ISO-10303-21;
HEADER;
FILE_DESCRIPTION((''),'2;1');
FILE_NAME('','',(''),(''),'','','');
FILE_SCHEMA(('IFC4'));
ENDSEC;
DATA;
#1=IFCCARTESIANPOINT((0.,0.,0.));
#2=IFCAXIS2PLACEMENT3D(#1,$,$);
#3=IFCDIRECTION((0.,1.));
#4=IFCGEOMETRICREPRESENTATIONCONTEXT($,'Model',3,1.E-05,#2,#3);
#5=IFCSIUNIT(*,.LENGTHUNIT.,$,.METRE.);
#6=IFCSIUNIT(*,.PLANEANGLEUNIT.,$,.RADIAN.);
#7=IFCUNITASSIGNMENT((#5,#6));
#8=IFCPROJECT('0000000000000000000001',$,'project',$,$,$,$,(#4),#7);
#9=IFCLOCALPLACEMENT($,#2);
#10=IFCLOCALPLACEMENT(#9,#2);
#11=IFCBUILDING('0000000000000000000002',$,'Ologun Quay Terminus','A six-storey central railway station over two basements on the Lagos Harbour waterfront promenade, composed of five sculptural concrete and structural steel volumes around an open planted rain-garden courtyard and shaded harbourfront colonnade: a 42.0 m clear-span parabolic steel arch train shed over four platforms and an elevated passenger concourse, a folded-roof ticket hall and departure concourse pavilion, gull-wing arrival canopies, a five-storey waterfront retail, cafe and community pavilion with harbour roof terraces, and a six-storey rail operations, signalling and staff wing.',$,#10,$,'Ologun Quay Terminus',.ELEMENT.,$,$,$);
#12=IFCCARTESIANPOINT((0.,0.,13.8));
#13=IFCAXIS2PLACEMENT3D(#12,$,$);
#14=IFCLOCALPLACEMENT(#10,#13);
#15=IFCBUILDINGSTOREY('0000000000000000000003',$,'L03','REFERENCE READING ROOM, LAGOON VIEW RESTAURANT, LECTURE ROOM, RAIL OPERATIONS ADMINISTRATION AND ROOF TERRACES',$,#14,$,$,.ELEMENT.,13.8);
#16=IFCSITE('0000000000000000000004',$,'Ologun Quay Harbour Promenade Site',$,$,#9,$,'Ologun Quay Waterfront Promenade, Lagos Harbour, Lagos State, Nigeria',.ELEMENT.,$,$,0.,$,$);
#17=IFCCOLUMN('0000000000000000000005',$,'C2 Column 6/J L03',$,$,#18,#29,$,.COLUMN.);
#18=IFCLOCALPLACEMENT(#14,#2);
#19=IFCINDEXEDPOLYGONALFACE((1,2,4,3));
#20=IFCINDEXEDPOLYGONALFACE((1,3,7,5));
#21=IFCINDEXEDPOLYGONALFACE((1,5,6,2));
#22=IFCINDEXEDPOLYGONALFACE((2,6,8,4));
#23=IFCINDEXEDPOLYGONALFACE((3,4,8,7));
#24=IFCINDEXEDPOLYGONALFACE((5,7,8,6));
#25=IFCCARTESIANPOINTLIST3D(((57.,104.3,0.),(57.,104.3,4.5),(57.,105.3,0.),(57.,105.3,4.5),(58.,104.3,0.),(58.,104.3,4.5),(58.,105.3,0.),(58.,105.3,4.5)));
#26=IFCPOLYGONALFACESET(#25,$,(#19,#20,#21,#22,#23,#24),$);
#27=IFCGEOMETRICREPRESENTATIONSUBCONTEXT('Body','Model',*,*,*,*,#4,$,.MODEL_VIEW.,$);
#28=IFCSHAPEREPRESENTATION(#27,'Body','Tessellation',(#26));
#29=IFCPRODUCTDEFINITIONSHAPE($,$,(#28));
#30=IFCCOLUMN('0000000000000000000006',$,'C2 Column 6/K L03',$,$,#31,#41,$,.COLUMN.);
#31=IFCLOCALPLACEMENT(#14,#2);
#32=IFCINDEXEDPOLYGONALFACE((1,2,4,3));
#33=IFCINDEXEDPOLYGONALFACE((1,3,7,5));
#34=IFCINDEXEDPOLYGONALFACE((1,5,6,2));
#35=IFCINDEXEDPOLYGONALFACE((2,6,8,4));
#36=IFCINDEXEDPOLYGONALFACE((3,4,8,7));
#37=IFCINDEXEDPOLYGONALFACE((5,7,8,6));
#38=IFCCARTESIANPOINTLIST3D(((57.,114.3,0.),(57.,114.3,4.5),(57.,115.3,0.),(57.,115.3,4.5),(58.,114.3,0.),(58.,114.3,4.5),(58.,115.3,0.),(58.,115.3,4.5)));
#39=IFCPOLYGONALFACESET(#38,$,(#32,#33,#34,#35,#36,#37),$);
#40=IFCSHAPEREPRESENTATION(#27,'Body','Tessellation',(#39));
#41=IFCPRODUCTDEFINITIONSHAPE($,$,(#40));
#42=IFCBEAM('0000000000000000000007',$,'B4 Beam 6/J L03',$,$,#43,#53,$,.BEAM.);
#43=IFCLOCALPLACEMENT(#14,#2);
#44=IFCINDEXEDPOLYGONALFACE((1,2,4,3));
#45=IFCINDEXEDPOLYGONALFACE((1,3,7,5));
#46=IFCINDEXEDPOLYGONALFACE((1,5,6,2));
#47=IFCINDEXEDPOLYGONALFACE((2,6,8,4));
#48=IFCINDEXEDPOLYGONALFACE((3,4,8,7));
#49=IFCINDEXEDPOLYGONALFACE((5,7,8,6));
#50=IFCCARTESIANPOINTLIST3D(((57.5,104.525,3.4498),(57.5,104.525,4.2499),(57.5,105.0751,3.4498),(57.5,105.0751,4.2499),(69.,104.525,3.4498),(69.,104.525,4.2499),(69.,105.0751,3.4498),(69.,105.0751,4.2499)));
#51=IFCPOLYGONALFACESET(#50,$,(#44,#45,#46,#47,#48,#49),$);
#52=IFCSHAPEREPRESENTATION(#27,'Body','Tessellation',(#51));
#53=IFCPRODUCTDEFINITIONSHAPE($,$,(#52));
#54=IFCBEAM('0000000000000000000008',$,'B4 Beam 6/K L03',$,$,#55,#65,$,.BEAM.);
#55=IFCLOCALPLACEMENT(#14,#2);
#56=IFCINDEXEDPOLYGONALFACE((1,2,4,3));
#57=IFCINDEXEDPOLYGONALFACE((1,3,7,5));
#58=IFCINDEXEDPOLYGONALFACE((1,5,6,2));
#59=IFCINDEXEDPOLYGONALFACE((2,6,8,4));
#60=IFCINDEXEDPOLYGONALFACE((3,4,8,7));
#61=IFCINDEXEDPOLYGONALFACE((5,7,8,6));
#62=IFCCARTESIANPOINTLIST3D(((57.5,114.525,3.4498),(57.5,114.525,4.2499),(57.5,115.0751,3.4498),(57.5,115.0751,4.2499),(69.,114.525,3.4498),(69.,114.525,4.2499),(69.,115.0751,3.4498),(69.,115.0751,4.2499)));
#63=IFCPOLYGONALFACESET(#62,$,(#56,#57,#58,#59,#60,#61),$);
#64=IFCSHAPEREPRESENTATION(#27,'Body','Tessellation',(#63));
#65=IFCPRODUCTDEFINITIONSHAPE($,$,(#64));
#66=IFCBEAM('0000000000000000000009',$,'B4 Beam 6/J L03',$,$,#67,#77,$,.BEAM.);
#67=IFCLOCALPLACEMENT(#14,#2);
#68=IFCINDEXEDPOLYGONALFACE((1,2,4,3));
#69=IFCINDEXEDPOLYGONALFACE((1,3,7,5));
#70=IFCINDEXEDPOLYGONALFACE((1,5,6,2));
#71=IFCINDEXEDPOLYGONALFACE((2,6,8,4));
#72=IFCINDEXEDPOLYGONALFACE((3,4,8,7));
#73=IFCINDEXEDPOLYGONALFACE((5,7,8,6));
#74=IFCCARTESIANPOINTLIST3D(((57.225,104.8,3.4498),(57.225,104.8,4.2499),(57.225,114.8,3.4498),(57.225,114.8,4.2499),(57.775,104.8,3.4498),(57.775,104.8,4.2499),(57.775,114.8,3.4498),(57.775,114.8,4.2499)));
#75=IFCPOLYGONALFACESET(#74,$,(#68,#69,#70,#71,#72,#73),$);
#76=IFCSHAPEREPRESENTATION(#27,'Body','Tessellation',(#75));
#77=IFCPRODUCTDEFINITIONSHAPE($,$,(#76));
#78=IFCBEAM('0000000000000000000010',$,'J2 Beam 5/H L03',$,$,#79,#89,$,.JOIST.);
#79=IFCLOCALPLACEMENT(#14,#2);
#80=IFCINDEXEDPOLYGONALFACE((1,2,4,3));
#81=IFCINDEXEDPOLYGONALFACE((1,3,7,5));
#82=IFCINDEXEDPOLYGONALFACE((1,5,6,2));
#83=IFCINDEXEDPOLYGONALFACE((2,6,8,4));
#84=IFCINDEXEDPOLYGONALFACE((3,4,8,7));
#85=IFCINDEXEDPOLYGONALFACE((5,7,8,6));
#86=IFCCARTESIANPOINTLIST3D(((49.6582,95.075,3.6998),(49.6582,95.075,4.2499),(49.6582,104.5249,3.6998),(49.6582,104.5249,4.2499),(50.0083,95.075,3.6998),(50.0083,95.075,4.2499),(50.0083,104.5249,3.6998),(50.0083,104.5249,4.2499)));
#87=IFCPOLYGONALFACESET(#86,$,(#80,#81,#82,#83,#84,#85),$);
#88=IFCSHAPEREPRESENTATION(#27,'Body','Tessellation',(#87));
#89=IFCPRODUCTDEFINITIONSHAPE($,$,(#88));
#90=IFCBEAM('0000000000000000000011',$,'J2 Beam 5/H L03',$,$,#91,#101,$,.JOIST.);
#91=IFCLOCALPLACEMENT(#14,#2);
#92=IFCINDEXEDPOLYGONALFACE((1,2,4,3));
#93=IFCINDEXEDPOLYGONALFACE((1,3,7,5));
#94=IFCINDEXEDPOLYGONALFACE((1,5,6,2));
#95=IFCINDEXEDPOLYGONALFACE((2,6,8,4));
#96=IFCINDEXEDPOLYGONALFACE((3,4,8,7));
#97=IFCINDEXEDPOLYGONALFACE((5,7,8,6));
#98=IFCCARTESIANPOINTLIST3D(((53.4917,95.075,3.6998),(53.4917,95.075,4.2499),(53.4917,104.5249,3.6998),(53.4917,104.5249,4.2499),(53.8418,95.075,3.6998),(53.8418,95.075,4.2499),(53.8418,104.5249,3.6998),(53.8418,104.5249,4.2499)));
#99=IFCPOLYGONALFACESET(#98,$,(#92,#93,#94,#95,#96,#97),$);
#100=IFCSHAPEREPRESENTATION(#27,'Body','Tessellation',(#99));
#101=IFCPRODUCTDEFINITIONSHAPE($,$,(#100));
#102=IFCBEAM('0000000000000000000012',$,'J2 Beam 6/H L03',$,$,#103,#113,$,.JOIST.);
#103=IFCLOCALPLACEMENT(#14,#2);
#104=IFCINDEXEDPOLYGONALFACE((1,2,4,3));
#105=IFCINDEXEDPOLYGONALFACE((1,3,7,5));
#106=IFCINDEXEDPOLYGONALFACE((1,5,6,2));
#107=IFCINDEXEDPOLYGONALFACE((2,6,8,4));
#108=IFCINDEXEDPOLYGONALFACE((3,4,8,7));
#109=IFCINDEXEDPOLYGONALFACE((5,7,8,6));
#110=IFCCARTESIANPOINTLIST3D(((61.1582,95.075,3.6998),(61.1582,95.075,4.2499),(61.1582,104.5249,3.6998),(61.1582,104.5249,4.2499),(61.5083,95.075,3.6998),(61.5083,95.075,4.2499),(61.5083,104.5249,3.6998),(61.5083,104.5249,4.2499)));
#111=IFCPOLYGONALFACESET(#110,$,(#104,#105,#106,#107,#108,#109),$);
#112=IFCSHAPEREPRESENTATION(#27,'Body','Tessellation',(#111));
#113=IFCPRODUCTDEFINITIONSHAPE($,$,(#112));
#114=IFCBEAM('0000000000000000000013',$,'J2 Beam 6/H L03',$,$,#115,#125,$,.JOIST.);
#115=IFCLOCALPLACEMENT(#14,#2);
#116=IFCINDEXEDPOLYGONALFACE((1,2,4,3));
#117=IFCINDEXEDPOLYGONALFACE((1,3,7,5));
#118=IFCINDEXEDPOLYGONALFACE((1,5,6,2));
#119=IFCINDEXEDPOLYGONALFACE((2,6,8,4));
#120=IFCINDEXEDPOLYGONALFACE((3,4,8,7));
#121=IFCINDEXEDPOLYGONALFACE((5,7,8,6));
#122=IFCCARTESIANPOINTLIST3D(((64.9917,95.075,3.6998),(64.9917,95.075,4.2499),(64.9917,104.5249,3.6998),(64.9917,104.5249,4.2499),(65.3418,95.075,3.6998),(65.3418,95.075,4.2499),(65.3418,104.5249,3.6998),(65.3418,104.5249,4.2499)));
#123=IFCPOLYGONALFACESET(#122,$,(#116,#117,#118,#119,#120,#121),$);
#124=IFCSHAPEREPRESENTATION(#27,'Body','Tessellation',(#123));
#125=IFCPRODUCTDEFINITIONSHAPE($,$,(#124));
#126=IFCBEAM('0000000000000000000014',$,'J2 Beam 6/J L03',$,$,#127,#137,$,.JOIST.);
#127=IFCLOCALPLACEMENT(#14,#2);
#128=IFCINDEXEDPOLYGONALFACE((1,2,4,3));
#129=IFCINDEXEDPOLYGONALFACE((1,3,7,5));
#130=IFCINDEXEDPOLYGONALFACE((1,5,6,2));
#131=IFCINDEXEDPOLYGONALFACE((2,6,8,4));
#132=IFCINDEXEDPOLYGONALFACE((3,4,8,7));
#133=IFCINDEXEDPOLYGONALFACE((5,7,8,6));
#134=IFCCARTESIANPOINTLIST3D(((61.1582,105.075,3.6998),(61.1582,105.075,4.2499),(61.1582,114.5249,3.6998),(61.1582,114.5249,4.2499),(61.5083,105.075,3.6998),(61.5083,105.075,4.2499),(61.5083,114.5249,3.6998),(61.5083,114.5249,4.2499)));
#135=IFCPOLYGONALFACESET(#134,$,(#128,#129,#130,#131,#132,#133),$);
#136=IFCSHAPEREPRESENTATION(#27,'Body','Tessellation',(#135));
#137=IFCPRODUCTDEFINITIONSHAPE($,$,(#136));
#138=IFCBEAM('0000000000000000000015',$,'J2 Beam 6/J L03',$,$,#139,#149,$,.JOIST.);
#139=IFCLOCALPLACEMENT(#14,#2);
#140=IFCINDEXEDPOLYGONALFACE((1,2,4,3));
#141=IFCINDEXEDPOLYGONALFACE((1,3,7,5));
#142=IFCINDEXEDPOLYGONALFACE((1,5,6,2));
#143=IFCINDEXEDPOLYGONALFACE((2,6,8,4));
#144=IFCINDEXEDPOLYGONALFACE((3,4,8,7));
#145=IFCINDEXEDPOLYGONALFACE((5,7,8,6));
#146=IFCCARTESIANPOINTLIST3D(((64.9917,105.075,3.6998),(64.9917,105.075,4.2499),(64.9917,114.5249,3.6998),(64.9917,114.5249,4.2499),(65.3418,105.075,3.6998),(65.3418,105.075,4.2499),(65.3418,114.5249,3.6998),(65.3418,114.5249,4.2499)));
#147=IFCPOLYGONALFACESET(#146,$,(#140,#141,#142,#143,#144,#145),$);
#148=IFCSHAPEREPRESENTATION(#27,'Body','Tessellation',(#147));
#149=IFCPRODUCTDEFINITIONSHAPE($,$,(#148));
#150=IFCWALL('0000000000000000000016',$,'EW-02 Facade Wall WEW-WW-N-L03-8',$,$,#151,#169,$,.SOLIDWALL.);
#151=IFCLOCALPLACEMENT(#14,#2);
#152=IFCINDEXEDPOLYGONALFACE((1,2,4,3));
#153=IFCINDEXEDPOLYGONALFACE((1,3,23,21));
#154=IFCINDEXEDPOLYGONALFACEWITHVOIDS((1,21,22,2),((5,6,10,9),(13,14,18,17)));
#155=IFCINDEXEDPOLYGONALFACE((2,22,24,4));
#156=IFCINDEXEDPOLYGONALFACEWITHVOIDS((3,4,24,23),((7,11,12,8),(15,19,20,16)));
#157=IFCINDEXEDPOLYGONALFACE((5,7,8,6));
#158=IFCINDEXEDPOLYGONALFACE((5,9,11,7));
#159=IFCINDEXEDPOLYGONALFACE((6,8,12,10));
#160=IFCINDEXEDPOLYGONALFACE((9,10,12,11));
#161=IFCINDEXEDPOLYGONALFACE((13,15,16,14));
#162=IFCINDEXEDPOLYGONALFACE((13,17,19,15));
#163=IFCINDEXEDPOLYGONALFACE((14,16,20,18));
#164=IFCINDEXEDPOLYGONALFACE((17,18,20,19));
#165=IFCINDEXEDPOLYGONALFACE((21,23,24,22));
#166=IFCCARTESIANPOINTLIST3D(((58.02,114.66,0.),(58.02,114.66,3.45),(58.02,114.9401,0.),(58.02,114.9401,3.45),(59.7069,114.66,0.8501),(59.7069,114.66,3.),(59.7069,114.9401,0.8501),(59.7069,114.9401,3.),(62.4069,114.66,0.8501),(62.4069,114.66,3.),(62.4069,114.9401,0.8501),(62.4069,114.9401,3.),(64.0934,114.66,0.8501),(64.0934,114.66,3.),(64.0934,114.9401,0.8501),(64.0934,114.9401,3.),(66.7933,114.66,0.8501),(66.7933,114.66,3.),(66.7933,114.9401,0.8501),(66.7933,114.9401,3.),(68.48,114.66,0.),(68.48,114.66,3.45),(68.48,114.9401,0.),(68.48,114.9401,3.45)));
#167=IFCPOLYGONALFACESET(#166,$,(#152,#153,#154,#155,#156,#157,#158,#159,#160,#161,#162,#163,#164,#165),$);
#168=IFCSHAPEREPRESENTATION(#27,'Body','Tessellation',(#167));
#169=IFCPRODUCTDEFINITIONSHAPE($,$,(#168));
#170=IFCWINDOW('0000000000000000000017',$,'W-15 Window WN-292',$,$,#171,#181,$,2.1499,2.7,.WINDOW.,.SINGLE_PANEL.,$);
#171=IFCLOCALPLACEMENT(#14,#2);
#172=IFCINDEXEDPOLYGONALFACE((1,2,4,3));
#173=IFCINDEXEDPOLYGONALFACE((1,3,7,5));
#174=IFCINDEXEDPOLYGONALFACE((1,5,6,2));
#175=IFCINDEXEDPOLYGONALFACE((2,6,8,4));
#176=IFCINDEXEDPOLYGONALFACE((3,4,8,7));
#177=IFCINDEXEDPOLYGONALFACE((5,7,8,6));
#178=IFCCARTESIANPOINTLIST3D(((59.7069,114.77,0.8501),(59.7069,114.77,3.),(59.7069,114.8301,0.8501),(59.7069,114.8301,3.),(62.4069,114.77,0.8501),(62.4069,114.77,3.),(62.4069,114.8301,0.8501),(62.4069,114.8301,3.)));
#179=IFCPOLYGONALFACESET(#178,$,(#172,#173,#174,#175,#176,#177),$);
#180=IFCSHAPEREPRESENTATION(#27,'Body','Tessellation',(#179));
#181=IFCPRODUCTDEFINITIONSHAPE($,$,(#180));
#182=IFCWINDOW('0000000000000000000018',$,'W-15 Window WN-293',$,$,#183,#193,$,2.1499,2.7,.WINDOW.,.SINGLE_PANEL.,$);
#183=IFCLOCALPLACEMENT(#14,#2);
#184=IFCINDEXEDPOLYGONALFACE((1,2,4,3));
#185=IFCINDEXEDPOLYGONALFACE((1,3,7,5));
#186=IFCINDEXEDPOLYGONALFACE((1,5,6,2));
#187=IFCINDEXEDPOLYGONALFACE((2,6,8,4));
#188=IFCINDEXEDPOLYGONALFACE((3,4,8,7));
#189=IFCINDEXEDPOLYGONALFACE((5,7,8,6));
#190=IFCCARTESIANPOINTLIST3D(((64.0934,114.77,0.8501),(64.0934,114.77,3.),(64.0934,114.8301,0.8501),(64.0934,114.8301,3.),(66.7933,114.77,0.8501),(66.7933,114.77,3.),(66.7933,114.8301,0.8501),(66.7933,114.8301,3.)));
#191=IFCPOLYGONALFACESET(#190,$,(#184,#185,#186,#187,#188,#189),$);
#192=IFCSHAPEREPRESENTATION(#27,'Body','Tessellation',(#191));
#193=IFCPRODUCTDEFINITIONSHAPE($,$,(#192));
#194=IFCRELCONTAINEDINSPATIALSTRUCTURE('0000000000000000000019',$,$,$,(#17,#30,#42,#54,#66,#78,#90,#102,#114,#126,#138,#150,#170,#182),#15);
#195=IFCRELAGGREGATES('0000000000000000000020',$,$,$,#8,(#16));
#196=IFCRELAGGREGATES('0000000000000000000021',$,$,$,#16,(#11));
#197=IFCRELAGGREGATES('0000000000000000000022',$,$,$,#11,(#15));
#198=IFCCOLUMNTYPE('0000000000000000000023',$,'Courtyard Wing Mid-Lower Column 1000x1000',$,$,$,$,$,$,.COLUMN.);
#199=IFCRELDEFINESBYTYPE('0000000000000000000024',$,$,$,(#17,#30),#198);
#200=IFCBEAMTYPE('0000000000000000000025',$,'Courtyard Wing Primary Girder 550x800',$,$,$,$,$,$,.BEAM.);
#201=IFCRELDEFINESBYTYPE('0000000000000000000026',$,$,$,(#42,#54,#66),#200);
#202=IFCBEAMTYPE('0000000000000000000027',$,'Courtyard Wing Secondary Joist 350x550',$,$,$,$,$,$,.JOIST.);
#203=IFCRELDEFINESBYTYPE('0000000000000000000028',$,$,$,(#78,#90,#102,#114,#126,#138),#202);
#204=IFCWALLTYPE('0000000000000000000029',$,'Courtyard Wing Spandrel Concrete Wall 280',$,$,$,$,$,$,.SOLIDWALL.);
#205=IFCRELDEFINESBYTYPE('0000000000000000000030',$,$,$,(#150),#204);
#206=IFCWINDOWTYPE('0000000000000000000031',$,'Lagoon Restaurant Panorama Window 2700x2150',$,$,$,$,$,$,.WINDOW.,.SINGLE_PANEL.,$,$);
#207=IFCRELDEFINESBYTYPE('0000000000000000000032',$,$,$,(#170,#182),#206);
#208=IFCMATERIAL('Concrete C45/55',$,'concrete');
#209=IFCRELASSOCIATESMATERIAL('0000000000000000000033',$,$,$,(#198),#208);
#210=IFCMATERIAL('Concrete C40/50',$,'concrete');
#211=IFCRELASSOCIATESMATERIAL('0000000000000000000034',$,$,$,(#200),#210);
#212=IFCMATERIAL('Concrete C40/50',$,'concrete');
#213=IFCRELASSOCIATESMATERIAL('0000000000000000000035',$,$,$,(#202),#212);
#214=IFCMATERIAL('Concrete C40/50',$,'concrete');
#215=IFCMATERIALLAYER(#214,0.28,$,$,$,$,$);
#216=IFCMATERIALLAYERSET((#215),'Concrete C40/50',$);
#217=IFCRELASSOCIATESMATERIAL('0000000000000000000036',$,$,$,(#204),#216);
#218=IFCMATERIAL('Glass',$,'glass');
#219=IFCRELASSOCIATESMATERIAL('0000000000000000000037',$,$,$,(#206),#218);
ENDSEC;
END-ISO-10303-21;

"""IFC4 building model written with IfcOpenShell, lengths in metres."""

from ifc_helpers import new_model, si_unit, direction, frame, frame_2d, origin, origin_2d, place, context, subcontext, project, spatial, rectangle, extrude, material, layer, layer_set, material_profile, profile_set, type_object, element, fill, save


model = new_model("IFC4")

# Units and contexts
model_context = context("Model", 3, precision=1e-05, world=origin(), true_north=direction((0.0, 1.0)))
body_context = subcontext(model_context, "Body", "Model", "MODEL_VIEW")
ifc_project = project(units=[si_unit("LENGTHUNIT", "METRE"), si_unit("PLANEANGLEUNIT", "RADIAN")], contexts=[model_context])

# Site, building, storey
site_placement = place(None, origin())
site = spatial("IfcSite", under=ifc_project, at=site_placement, Name="Ologun Quay Harbour Promenade Site", LongName="Ologun Quay Waterfront Promenade, Lagos Harbour, Lagos State, Nigeria", CompositionType="ELEMENT", RefElevation=0.0)
building_placement = place(site_placement, origin())
building = spatial("IfcBuilding", under=site, at=building_placement, Name="Ologun Quay Terminus", Description="A six-storey central railway station over two basements on the Lagos Harbour waterfront promenade, composed of five sculptural concrete and structural steel volumes around an open planted rain-garden courtyard and shaded harbourfront colonnade: a 42.0 m clear-span parabolic steel arch train shed over four platforms and an elevated passenger concourse, a folded-roof ticket hall and departure concourse pavilion, gull-wing arrival canopies, a five-storey waterfront retail, cafe and community pavilion with harbour roof terraces, and a six-storey rail operations, signalling and staff wing.", LongName="Ologun Quay Terminus", CompositionType="ELEMENT")
storey_placement = place(building_placement, frame((0.0, 0.0, 13.8)))
storey = spatial("IfcBuildingStorey", under=building, at=storey_placement, Name="L03", Description="REFERENCE READING ROOM, LAGOON VIEW RESTAURANT, LECTURE ROOM, RAIL OPERATIONS ADMINISTRATION AND ROOF TERRACES", CompositionType="ELEMENT", Elevation=13.8)

# Columns
ifc_material_1 = material(Name="Concrete C45/55", Category="concrete")
ifc_material_profile_1 = material_profile(ifc_material_1, rectangle(XDim=1.0, YDim=1.0, at=origin_2d()), Name="RC 1000x1000")
ifc_profile_set_1 = profile_set([ifc_material_profile_1], Name="Concrete C45/55")
column_type = type_object("IfcColumnType", Name="Courtyard Wing Mid-Lower Column 1000x1000", PredefinedType="COLUMN", material=ifc_profile_set_1)
for number, where, z_axis, x_axis, name in (
    (1, (57.5, 104.8, 0.0), (0.0, 0.0, 1.0), (1.0, 0.0, 0.0), "C2 Column 6/J L03"),
    (2, (57.5, 114.8, 0.0), (0.0, 0.0, 1.0), (1.0, 0.0, 0.0), "C2 Column 6/K L03"),
):
    element("IfcColumn", number, at=place(storey_placement, frame(where, z_axis=z_axis, x_axis=x_axis)), inside=storey, type_object=column_type, Name=name, PredefinedType="COLUMN", context=body_context, shape_type="SweptSolid", body=[
        extrude(rectangle(XDim=1.0, YDim=1.0, at=origin_2d()), origin(), (0.0, 0.0, 1.0), 4.5),
    ])

# Beams
ifc_material_2 = material(Name="Concrete C40/50", Category="concrete")
ifc_material_profile_2 = material_profile(ifc_material_2, rectangle(XDim=0.55, YDim=0.8, at=origin_2d()), Name="RC 550x800")
ifc_profile_set_2 = profile_set([ifc_material_profile_2], Name="Concrete C40/50")
beam_type_1 = type_object("IfcBeamType", Name="Courtyard Wing Primary Girder 550x800", PredefinedType="BEAM", material=ifc_profile_set_2)
for number, where, z_axis, x_axis, name in (
    (3, (57.5, 104.8, 3.8499), (1.0, 0.0, 0.0), (0.0, 1.0, 0.0), "B4 Beam 6/J L03"),
    (4, (57.5, 114.8, 3.8499), (1.0, 0.0, 0.0), (0.0, 1.0, 0.0), "B4 Beam 6/K L03"),
):
    element("IfcBeam", number, at=place(storey_placement, frame(where, z_axis=z_axis, x_axis=x_axis)), inside=storey, type_object=beam_type_1, Name=name, PredefinedType="BEAM", context=body_context, shape_type="SweptSolid", body=[
        extrude(rectangle(XDim=0.55, YDim=0.8, at=origin_2d()), origin(), (0.0, 0.0, 1.0), 11.5),
    ])
beam_placement = place(storey_placement, frame((57.5, 104.8, 3.8499), z_axis=(0.0, 1.0, 0.0), x_axis=(-1.0, 0.0, 0.0)))
element("IfcBeam", 5, at=beam_placement, inside=storey, type_object=beam_type_1, Name="B4 Beam 6/J L03", PredefinedType="BEAM", context=body_context, shape_type="SweptSolid", body=[
    extrude(rectangle(XDim=0.55, YDim=0.8, at=origin_2d()), origin(), (0.0, 0.0, 1.0), 10.0),
])
ifc_material_3 = material(Name="Concrete C40/50", Category="concrete")
ifc_material_profile_3 = material_profile(ifc_material_3, rectangle(XDim=0.3501, YDim=0.55, at=origin_2d()), Name="RC 350x550")
ifc_profile_set_3 = profile_set([ifc_material_profile_3], Name="Concrete C40/50")
beam_type_2 = type_object("IfcBeamType", Name="Courtyard Wing Secondary Joist 350x550", PredefinedType="JOIST", material=ifc_profile_set_3)
for number, where, z_axis, x_axis, name in (
    (6, (49.8333, 95.075, 3.9749), (0.0, 1.0, 0.0), (-1.0, 0.0, 0.0), "J2 Beam 5/H L03"),
    (7, (53.6667, 95.075, 3.9749), (0.0, 1.0, 0.0), (-1.0, 0.0, 0.0), "J2 Beam 5/H L03"),
    (8, (61.3333, 95.075, 3.9749), (0.0, 1.0, 0.0), (-1.0, 0.0, 0.0), "J2 Beam 6/H L03"),
    (9, (65.1667, 95.075, 3.9749), (0.0, 1.0, 0.0), (-1.0, 0.0, 0.0), "J2 Beam 6/H L03"),
    (10, (61.3333, 105.075, 3.9749), (0.0, 1.0, 0.0), (-1.0, 0.0, 0.0), "J2 Beam 6/J L03"),
    (11, (65.1667, 105.075, 3.9749), (0.0, 1.0, 0.0), (-1.0, 0.0, 0.0), "J2 Beam 6/J L03"),
):
    element("IfcBeam", number, at=place(storey_placement, frame(where, z_axis=z_axis, x_axis=x_axis)), inside=storey, type_object=beam_type_2, Name=name, PredefinedType="JOIST", context=body_context, shape_type="SweptSolid", body=[
        extrude(rectangle(XDim=0.3501, YDim=0.55, at=origin_2d()), origin(), (0.0, 0.0, 1.0), 9.45),
    ])

# Wall, openings, windows
ifc_material_4 = material(Name="Concrete C40/50", Category="concrete")
ifc_layer_1 = layer(ifc_material_4, 0.28)
ifc_layer_set_1 = layer_set([ifc_layer_1], Name="Concrete C40/50")
wall_type_1 = type_object("IfcWallType", Name="Courtyard Wing Spandrel Concrete Wall 280", PredefinedType="SOLIDWALL", material=ifc_layer_set_1)
wall_1_placement = place(storey_placement, frame((58.02, 114.8, 0.0), z_axis=(0.0, 0.0, 1.0), x_axis=(1.0, 0.0, 0.0)))
wall_1 = element("IfcWall", 12, at=wall_1_placement, inside=storey, type_object=wall_type_1, Name="EW-02 Facade Wall WEW-WW-N-L03-8", PredefinedType="SOLIDWALL", context=body_context, shape_type="SweptSolid", body=[
    extrude(rectangle(XDim=10.46, YDim=0.28, at=frame_2d((5.23, 0.0))), origin(), (0.0, 0.0, 1.0), 3.45),
])
opening_1_placement = place(wall_1_placement, frame((1.6868, 0.0, 0.8501)))
opening_1 = element("IfcOpeningElement", 13, at=opening_1_placement, cuts=wall_1, PredefinedType="OPENING", context=body_context, shape_type="SweptSolid", body=[
    extrude(rectangle(XDim=2.7, YDim=2.1499, at=frame_2d((1.3501, 1.075))), frame((0.0, 0.1499, 0.0), z_axis=(0.0, -1.0, 0.0), x_axis=(1.0, 0.0, 0.0)), (0.0, 0.0, 1.0), 0.3),
])
opening_2_placement = place(wall_1_placement, frame((6.0732, 0.0, 0.8501)))
opening_2 = element("IfcOpeningElement", 14, at=opening_2_placement, cuts=wall_1, PredefinedType="OPENING", context=body_context, shape_type="SweptSolid", body=[
    extrude(rectangle(XDim=2.7, YDim=2.1499, at=frame_2d((1.3501, 1.075))), frame((0.0, 0.1499, 0.0), z_axis=(0.0, -1.0, 0.0), x_axis=(1.0, 0.0, 0.0)), (0.0, 0.0, 1.0), 0.3),
])
ifc_material_5 = material(Name="Glass", Category="glass")
window_type_1 = type_object("IfcWindowType", Name="Lagoon Restaurant Panorama Window 2700x2150", PartitioningType="SINGLE_PANEL", PredefinedType="WINDOW", material=ifc_material_5)
window_1_placement = place(opening_1_placement, origin())
window_1 = element("IfcWindow", 15, at=window_1_placement, inside=storey, type_object=window_type_1, Name="W-15 Window WN-292", OverallHeight=2.1499, OverallWidth=2.7, PartitioningType="SINGLE_PANEL", PredefinedType="WINDOW", context=body_context, shape_type="SweptSolid", body=[
    extrude(rectangle(XDim=2.7, YDim=2.1499, at=frame_2d((1.3501, 1.075))), frame((0.0, 0.03, 0.0), z_axis=(0.0, -1.0, 0.0), x_axis=(1.0, 0.0, 0.0)), (0.0, 0.0, 1.0), 0.0601),
])
fill(opening_1, window_1)
window_2_placement = place(opening_2_placement, origin())
window_2 = element("IfcWindow", 16, at=window_2_placement, inside=storey, type_object=window_type_1, Name="W-15 Window WN-293", OverallHeight=2.1499, OverallWidth=2.7, PartitioningType="SINGLE_PANEL", PredefinedType="WINDOW", context=body_context, shape_type="SweptSolid", body=[
    extrude(rectangle(XDim=2.7, YDim=2.1499, at=frame_2d((1.3501, 1.075))), frame((0.0, 0.03, 0.0), z_axis=(0.0, -1.0, 0.0), x_axis=(1.0, 0.0, 0.0)), (0.0, 0.0, 1.0), 0.0601),
])
fill(opening_2, window_2)

save(model, "model.ifc")
